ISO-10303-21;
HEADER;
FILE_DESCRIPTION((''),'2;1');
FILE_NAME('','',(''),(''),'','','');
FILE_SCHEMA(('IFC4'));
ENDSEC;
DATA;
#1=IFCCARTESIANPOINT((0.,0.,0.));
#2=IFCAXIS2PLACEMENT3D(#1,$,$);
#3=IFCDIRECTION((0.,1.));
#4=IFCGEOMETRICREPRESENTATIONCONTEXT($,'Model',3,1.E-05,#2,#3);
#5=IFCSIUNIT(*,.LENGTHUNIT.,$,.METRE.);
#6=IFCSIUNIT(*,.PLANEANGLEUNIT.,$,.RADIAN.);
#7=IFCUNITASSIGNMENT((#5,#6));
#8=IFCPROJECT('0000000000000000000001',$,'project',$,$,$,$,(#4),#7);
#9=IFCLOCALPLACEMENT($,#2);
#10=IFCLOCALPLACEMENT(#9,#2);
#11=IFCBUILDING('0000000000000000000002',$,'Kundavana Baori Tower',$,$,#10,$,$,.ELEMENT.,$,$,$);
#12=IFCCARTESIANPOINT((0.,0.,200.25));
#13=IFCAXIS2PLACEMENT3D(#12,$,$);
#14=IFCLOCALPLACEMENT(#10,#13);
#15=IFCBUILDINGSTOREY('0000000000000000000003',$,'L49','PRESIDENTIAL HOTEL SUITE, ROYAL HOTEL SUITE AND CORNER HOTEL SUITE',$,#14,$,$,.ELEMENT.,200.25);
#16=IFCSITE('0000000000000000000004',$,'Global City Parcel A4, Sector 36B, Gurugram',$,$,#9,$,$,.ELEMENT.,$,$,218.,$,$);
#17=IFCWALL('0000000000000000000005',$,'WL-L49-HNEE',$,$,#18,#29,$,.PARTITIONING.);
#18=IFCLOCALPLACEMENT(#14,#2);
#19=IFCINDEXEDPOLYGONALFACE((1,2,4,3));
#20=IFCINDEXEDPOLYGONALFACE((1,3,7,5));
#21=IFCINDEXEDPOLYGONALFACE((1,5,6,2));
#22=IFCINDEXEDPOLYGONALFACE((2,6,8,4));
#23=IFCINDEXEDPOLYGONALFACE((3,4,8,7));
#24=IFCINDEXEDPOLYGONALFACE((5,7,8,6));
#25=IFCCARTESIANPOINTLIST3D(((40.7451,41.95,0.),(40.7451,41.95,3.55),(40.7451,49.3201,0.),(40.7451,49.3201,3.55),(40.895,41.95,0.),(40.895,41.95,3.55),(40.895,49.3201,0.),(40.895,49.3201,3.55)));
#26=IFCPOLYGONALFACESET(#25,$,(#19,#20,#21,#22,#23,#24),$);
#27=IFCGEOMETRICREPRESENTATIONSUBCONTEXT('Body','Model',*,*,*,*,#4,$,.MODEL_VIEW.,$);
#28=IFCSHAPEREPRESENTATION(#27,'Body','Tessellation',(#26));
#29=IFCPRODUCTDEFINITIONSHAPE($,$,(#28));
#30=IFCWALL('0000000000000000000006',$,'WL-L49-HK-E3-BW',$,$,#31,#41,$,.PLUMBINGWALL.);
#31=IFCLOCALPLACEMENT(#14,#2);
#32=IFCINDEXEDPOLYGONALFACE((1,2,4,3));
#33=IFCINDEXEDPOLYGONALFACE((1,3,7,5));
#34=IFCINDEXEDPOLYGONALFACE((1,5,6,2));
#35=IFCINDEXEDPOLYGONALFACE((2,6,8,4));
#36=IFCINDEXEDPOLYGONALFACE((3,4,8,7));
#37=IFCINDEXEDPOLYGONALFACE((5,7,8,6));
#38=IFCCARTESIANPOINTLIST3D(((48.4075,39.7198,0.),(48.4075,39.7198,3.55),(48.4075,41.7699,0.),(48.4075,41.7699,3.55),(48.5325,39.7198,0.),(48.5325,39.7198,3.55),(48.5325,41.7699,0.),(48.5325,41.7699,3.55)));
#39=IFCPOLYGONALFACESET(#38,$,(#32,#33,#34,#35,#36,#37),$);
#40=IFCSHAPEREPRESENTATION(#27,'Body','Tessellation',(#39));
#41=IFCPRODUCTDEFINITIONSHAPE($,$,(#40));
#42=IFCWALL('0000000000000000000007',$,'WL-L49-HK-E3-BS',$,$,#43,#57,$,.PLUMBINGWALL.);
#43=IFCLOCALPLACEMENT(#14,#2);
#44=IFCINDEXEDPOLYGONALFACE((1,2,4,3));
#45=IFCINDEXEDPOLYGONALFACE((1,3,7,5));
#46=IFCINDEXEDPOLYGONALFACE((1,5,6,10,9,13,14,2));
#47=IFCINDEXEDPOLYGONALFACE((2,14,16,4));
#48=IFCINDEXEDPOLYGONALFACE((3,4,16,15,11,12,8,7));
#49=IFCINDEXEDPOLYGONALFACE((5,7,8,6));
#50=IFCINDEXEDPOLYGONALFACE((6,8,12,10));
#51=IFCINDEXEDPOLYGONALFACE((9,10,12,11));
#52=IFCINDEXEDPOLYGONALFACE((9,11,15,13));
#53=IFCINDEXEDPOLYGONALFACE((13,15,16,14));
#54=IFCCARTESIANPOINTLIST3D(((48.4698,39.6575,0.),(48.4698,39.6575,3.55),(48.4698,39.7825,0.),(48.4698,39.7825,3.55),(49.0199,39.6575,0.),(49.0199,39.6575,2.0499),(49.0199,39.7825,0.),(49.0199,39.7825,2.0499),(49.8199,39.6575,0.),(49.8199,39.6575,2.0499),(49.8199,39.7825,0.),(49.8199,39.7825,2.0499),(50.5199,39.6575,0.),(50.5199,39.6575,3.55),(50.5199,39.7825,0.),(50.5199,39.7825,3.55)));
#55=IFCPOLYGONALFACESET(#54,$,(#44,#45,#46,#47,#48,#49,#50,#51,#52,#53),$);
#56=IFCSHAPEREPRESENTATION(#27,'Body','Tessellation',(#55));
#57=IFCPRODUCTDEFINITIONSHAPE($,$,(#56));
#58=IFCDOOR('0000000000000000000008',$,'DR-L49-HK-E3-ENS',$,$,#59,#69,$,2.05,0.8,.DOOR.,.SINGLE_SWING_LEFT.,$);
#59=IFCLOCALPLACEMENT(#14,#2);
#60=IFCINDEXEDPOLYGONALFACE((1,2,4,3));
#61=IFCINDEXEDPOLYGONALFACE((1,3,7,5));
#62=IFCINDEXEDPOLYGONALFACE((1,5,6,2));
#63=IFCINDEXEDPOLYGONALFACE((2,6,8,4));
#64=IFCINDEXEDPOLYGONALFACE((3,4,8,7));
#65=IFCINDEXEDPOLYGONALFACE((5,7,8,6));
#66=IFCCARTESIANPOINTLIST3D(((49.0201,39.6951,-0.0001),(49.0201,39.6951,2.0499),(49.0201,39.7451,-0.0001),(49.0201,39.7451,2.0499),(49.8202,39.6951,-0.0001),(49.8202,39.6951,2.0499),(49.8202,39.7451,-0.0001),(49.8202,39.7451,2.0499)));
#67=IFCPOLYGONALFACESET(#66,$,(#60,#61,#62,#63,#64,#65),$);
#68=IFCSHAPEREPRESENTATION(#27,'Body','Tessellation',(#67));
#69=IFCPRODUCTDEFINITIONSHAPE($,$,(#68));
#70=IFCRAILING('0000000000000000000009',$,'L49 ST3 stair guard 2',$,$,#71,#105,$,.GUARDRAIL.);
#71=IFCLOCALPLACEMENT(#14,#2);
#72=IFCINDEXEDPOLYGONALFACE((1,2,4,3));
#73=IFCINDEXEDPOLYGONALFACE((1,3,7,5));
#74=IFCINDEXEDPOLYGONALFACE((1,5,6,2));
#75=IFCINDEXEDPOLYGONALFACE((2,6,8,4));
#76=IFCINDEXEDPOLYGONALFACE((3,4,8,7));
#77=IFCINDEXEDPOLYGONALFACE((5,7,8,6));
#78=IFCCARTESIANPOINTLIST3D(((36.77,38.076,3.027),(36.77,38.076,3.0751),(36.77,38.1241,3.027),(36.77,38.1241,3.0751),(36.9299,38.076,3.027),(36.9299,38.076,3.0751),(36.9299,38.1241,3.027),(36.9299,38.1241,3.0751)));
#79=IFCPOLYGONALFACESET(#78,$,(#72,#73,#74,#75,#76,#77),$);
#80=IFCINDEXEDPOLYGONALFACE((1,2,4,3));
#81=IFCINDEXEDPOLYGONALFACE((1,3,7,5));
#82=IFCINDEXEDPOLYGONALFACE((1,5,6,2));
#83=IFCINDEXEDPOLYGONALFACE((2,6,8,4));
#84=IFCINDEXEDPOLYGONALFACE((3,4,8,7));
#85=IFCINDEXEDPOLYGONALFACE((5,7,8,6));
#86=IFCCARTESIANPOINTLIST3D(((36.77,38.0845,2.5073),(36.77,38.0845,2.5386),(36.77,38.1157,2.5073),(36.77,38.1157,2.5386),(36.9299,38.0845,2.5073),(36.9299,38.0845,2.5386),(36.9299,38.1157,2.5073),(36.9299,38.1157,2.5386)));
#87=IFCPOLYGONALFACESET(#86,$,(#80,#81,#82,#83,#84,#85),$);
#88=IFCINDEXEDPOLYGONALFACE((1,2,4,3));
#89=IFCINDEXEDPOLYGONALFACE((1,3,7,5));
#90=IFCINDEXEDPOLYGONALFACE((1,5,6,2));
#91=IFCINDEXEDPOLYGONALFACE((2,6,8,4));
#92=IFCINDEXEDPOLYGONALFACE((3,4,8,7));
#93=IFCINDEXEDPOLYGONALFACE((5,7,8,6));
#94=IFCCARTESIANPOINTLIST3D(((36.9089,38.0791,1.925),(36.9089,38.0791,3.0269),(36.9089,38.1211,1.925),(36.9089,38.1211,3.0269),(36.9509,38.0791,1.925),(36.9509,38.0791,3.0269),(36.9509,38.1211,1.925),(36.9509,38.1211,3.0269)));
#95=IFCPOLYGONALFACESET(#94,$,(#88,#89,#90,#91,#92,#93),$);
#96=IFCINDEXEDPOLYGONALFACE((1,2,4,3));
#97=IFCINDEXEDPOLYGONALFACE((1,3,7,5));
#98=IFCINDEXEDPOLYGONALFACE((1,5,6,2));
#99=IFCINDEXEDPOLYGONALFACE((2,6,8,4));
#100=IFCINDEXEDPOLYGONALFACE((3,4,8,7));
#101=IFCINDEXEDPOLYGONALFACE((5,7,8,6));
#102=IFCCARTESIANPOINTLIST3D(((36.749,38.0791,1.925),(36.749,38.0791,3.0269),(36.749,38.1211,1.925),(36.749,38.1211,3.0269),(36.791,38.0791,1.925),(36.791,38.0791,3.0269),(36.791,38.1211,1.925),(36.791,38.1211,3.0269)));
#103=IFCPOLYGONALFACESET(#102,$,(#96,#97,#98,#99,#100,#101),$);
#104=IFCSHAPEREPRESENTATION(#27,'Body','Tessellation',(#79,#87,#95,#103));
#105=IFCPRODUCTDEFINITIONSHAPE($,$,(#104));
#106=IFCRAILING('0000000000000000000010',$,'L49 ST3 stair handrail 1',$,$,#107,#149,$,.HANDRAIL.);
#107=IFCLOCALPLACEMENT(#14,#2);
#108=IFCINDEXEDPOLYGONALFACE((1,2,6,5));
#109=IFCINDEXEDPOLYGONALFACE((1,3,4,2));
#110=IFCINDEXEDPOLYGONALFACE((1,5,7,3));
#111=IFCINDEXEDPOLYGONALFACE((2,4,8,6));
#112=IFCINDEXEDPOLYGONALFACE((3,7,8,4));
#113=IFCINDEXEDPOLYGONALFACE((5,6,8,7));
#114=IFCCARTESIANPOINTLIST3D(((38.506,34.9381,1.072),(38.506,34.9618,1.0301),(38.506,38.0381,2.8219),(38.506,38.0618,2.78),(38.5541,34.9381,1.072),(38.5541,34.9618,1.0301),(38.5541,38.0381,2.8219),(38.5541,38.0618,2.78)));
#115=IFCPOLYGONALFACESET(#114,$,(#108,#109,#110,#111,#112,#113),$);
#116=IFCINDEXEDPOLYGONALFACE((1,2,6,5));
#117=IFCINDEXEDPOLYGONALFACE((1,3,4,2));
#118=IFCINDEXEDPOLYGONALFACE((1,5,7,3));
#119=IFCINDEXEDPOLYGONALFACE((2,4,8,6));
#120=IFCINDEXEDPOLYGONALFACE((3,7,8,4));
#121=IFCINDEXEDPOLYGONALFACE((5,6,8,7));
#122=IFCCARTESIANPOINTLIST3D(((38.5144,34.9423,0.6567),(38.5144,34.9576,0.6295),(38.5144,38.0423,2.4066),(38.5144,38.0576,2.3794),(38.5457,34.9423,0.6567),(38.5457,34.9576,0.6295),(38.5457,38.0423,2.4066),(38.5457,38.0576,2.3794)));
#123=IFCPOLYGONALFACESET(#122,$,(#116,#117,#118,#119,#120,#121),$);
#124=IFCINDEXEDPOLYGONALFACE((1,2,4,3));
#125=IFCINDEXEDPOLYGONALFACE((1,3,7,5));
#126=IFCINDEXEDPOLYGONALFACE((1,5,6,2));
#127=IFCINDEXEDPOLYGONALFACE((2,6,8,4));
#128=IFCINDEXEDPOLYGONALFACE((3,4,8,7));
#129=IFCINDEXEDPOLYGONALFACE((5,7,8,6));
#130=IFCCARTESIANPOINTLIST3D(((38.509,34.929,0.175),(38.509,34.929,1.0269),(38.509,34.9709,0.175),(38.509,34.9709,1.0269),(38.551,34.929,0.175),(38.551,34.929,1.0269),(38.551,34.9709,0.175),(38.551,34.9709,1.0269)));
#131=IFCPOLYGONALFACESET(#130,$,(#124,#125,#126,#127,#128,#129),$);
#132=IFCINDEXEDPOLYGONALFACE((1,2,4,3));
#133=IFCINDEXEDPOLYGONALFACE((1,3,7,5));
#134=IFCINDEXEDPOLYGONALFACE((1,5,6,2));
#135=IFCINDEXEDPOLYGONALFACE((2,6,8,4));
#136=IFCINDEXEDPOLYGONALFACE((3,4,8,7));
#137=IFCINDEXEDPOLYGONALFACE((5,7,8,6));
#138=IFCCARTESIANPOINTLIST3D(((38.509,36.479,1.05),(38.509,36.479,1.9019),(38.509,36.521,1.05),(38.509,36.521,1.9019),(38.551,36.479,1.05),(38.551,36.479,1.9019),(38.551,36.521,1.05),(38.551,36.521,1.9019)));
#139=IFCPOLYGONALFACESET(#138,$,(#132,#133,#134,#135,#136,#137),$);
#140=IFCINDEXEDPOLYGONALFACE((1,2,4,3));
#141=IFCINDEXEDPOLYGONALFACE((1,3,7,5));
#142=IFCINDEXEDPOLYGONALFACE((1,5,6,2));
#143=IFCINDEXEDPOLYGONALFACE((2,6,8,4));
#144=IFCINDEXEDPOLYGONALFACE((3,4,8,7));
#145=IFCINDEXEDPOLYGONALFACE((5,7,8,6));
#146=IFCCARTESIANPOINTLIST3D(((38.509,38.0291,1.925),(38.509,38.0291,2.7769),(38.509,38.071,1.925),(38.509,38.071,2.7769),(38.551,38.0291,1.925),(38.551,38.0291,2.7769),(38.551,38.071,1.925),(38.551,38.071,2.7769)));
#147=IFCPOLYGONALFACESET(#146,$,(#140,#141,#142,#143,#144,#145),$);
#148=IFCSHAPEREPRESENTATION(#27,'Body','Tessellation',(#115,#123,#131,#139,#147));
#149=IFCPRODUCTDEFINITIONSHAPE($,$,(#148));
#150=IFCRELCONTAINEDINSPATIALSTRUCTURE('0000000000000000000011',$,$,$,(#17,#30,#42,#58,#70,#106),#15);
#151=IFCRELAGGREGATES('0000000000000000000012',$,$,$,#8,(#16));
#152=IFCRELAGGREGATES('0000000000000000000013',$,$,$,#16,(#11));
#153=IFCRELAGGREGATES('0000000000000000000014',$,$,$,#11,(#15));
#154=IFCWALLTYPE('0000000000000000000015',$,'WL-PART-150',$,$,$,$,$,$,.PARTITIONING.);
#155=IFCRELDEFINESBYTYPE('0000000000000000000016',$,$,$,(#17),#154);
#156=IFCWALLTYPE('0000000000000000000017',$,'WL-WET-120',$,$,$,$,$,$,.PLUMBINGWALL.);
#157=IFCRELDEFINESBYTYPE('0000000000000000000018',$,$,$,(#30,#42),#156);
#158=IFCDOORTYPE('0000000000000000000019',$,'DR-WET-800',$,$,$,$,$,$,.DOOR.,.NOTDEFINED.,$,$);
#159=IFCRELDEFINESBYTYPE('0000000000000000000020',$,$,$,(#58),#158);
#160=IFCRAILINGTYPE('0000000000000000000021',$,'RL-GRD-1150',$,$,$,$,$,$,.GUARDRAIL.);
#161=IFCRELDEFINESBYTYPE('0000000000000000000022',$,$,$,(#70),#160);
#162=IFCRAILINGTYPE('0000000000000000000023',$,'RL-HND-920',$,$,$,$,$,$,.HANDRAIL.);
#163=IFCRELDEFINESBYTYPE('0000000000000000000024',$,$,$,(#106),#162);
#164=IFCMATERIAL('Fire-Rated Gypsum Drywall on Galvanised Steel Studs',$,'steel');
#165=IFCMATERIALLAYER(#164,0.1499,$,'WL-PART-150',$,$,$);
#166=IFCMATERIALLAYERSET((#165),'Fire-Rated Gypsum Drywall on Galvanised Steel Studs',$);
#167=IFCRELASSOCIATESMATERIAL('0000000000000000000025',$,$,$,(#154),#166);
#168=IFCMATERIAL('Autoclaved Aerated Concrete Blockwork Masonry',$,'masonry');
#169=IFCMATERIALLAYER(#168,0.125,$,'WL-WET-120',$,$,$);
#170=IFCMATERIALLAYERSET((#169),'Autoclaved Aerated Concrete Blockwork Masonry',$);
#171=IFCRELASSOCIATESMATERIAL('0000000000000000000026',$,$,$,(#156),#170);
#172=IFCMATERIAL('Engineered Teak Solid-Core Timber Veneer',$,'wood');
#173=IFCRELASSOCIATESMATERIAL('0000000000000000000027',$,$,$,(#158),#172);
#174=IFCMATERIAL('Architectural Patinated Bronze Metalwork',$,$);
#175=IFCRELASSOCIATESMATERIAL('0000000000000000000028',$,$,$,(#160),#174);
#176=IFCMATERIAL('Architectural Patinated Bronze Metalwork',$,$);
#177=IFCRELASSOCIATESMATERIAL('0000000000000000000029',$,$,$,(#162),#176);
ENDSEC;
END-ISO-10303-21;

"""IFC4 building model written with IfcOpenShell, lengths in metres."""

from ifc_helpers import new_model, si_unit, direction, frame, frame_2d, origin, origin_2d, place, context, subcontext, project, spatial, rectangle, extrude, material, layer, layer_set, type_object, element, fill, save


model = new_model("IFC4")

# Units and contexts
model_context = context("Model", 3, precision=1e-05, world=origin(), true_north=direction((0.0, 1.0)))
body_context = subcontext(model_context, "Body", "Model", "MODEL_VIEW")
ifc_project = project(units=[si_unit("LENGTHUNIT", "METRE"), si_unit("PLANEANGLEUNIT", "RADIAN")], contexts=[model_context])

# Site, building, storey
site_placement = place(None, origin())
site = spatial("IfcSite", under=ifc_project, at=site_placement, Name="Global City Parcel A4, Sector 36B, Gurugram", CompositionType="ELEMENT", RefElevation=218.0)
building_placement = place(site_placement, origin())
building = spatial("IfcBuilding", under=site, at=building_placement, Name="Kundavana Baori Tower", CompositionType="ELEMENT")
storey_placement = place(building_placement, frame((0.0, 0.0, 200.25)))
storey = spatial("IfcBuildingStorey", under=building, at=storey_placement, Name="L49", Description="PRESIDENTIAL HOTEL SUITE, ROYAL HOTEL SUITE AND CORNER HOTEL SUITE", CompositionType="ELEMENT", Elevation=200.25)

# Walls
ifc_material_1 = material(Name="Fire-Rated Gypsum Drywall on Galvanised Steel Studs", Category="steel")
ifc_layer_1 = layer(ifc_material_1, 0.1499, Name="WL-PART-150")
ifc_layer_set_1 = layer_set([ifc_layer_1], Name="Fire-Rated Gypsum Drywall on Galvanised Steel Studs")
wall_type_1 = type_object("IfcWallType", Name="WL-PART-150", PredefinedType="PARTITIONING", material=ifc_layer_set_1)
wall_1_placement = place(storey_placement, frame((40.8201, 41.95, 0.0), z_axis=(0.0, 0.0, 1.0), x_axis=(0.0, 1.0, 0.0)))
element("IfcWall", 1, at=wall_1_placement, inside=storey, type_object=wall_type_1, Name="WL-L49-HNEE", PredefinedType="PARTITIONING", context=body_context, shape_type="SweptSolid", body=[
    extrude(rectangle(XDim=7.3701, YDim=0.1499, at=frame_2d((3.6851, 0.0))), origin(), (0.0, 0.0, 1.0), 3.55),
])
ifc_material_2 = material(Name="Autoclaved Aerated Concrete Blockwork Masonry", Category="masonry")
ifc_layer_2 = layer(ifc_material_2, 0.125, Name="WL-WET-120")
ifc_layer_set_2 = layer_set([ifc_layer_2], Name="Autoclaved Aerated Concrete Blockwork Masonry")
wall_type_2 = type_object("IfcWallType", Name="WL-WET-120", PredefinedType="PLUMBINGWALL", material=ifc_layer_set_2)
wall_2_placement = place(storey_placement, frame((48.47, 39.72, 0.0), z_axis=(0.0, 0.0, 1.0), x_axis=(0.0, 1.0, 0.0)))
element("IfcWall", 2, at=wall_2_placement, inside=storey, type_object=wall_type_2, Name="WL-L49-HK-E3-BW", PredefinedType="PLUMBINGWALL", context=body_context, shape_type="SweptSolid", body=[
    extrude(rectangle(XDim=2.05, YDim=0.125, at=frame_2d((1.0249, 0.0))), origin(), (0.0, 0.0, 1.0), 3.55),
])

# Wall, opening, door
wall_3_placement = place(storey_placement, frame((48.47, 39.72, 0.0), z_axis=(0.0, 0.0, 1.0), x_axis=(1.0, 0.0, 0.0)))
wall_3 = element("IfcWall", 3, at=wall_3_placement, inside=storey, type_object=wall_type_2, Name="WL-L49-HK-E3-BS", PredefinedType="PLUMBINGWALL", context=body_context, shape_type="SweptSolid", body=[
    extrude(rectangle(XDim=2.05, YDim=0.125, at=frame_2d((1.0249, 0.0))), origin(), (0.0, 0.0, 1.0), 3.55),
])
opening_1_placement = place(wall_3_placement, frame((0.55, 0.0, 0.0)))
opening_1 = element("IfcOpeningElement", 4, at=opening_1_placement, cuts=wall_3, PredefinedType="OPENING", context=body_context, shape_type="SweptSolid", body=[
    extrude(rectangle(XDim=0.8, YDim=2.05, at=frame_2d((0.3999, 1.0249))), frame((0.0, 0.0725, 0.0), z_axis=(0.0, -1.0, 0.0), x_axis=(1.0, 0.0, 0.0)), (0.0, 0.0, 1.0), 0.145),
])
ifc_material_3 = material(Name="Engineered Teak Solid-Core Timber Veneer", Category="wood")
door_type_1 = type_object("IfcDoorType", Name="DR-WET-800", OperationType="NOTDEFINED", PredefinedType="DOOR", material=ifc_material_3)
door_1_placement = place(opening_1_placement, frame((0.8, 0.0, 0.0), z_axis=(0.0, 0.0, 1.0), x_axis=(-1.0, 0.0, 0.0)))
door_1 = element("IfcDoor", 5, at=door_1_placement, inside=storey, type_object=door_type_1, Name="DR-L49-HK-E3-ENS", OperationType="SINGLE_SWING_LEFT", OverallHeight=2.05, OverallWidth=0.8, PredefinedType="DOOR", context=body_context, shape_type="SweptSolid", body=[
    extrude(rectangle(XDim=0.8, YDim=2.05, at=frame_2d((0.3999, 1.0249))), frame((0.0, 0.0249, 0.0), z_axis=(0.0, -1.0, 0.0), x_axis=(1.0, 0.0, 0.0)), (0.0, 0.0, 1.0), 0.05),
])
fill(opening_1, door_1)

# Railings
ifc_material_4 = material(Name="Architectural Patinated Bronze Metalwork")
railing_type_1 = type_object("IfcRailingType", Name="RL-GRD-1150", PredefinedType="GUARDRAIL", material=ifc_material_4)
railing_1_placement = place(storey_placement, frame((36.9299, 38.1001, 1.925)))
element("IfcRailing", 6, at=railing_1_placement, inside=storey, type_object=railing_type_1, Name="L49 ST3 stair guard 2", PredefinedType="GUARDRAIL", context=body_context, shape_type="SweptSolid", body=[
    extrude(rectangle(XDim=0.0481, YDim=0.0481, at=origin_2d()), frame((0.0, 0.0, 1.126), z_axis=(-1.0, 0.0, 0.0), x_axis=(0.0, -1.0, 0.0)), (0.0, 0.0, 1.0), 0.1599),
    extrude(rectangle(XDim=0.0312, YDim=0.0312, at=origin_2d()), frame((0.0, 0.0, 0.5979), z_axis=(-1.0, 0.0, 0.0), x_axis=(0.0, -1.0, 0.0)), (0.0, 0.0, 1.0), 0.1599),
    extrude(rectangle(XDim=0.042, YDim=0.042, at=origin_2d()), origin(), (0.0, 0.0, 1.0), 1.1018),
    extrude(rectangle(XDim=0.042, YDim=0.042, at=origin_2d()), frame((-0.1599, 0.0, 0.0)), (0.0, 0.0, 1.0), 1.1018),
])
ifc_material_5 = material(Name="Architectural Patinated Bronze Metalwork")
railing_type_2 = type_object("IfcRailingType", Name="RL-HND-920", PredefinedType="HANDRAIL", material=ifc_material_5)
railing_2_placement = place(storey_placement, frame((38.53, 34.95, 0.175)))
element("IfcRailing", 7, at=railing_2_placement, inside=storey, type_object=railing_type_2, Name="L49 ST3 stair handrail 1", PredefinedType="HANDRAIL", context=body_context, shape_type="SweptSolid", body=[
    extrude(rectangle(XDim=0.0481, YDim=0.0481, at=origin_2d()), frame((0.0, 0.0, 0.876), z_axis=(0.0, 0.870831, 0.491583), x_axis=(-1.0, 0.0, 0.0)), (0.0, 0.0, 1.0), 3.5598),
    extrude(rectangle(XDim=0.0312, YDim=0.0312, at=origin_2d()), frame((0.0, 0.0, 0.468), z_axis=(0.0, 0.870831, 0.491583), x_axis=(-1.0, 0.0, 0.0)), (0.0, 0.0, 1.0), 3.5598),
    extrude(rectangle(XDim=0.042, YDim=0.042, at=origin_2d()), origin(), (0.0, 0.0, 1.0), 0.8518),
    extrude(rectangle(XDim=0.042, YDim=0.042, at=origin_2d()), frame((0.0, 1.55, 0.875)), (0.0, 0.0, 1.0), 0.8518),
    extrude(rectangle(XDim=0.042, YDim=0.042, at=origin_2d()), frame((0.0, 3.1001, 1.75)), (0.0, 0.0, 1.0), 0.8518),
])

save(model, "model.ifc")
